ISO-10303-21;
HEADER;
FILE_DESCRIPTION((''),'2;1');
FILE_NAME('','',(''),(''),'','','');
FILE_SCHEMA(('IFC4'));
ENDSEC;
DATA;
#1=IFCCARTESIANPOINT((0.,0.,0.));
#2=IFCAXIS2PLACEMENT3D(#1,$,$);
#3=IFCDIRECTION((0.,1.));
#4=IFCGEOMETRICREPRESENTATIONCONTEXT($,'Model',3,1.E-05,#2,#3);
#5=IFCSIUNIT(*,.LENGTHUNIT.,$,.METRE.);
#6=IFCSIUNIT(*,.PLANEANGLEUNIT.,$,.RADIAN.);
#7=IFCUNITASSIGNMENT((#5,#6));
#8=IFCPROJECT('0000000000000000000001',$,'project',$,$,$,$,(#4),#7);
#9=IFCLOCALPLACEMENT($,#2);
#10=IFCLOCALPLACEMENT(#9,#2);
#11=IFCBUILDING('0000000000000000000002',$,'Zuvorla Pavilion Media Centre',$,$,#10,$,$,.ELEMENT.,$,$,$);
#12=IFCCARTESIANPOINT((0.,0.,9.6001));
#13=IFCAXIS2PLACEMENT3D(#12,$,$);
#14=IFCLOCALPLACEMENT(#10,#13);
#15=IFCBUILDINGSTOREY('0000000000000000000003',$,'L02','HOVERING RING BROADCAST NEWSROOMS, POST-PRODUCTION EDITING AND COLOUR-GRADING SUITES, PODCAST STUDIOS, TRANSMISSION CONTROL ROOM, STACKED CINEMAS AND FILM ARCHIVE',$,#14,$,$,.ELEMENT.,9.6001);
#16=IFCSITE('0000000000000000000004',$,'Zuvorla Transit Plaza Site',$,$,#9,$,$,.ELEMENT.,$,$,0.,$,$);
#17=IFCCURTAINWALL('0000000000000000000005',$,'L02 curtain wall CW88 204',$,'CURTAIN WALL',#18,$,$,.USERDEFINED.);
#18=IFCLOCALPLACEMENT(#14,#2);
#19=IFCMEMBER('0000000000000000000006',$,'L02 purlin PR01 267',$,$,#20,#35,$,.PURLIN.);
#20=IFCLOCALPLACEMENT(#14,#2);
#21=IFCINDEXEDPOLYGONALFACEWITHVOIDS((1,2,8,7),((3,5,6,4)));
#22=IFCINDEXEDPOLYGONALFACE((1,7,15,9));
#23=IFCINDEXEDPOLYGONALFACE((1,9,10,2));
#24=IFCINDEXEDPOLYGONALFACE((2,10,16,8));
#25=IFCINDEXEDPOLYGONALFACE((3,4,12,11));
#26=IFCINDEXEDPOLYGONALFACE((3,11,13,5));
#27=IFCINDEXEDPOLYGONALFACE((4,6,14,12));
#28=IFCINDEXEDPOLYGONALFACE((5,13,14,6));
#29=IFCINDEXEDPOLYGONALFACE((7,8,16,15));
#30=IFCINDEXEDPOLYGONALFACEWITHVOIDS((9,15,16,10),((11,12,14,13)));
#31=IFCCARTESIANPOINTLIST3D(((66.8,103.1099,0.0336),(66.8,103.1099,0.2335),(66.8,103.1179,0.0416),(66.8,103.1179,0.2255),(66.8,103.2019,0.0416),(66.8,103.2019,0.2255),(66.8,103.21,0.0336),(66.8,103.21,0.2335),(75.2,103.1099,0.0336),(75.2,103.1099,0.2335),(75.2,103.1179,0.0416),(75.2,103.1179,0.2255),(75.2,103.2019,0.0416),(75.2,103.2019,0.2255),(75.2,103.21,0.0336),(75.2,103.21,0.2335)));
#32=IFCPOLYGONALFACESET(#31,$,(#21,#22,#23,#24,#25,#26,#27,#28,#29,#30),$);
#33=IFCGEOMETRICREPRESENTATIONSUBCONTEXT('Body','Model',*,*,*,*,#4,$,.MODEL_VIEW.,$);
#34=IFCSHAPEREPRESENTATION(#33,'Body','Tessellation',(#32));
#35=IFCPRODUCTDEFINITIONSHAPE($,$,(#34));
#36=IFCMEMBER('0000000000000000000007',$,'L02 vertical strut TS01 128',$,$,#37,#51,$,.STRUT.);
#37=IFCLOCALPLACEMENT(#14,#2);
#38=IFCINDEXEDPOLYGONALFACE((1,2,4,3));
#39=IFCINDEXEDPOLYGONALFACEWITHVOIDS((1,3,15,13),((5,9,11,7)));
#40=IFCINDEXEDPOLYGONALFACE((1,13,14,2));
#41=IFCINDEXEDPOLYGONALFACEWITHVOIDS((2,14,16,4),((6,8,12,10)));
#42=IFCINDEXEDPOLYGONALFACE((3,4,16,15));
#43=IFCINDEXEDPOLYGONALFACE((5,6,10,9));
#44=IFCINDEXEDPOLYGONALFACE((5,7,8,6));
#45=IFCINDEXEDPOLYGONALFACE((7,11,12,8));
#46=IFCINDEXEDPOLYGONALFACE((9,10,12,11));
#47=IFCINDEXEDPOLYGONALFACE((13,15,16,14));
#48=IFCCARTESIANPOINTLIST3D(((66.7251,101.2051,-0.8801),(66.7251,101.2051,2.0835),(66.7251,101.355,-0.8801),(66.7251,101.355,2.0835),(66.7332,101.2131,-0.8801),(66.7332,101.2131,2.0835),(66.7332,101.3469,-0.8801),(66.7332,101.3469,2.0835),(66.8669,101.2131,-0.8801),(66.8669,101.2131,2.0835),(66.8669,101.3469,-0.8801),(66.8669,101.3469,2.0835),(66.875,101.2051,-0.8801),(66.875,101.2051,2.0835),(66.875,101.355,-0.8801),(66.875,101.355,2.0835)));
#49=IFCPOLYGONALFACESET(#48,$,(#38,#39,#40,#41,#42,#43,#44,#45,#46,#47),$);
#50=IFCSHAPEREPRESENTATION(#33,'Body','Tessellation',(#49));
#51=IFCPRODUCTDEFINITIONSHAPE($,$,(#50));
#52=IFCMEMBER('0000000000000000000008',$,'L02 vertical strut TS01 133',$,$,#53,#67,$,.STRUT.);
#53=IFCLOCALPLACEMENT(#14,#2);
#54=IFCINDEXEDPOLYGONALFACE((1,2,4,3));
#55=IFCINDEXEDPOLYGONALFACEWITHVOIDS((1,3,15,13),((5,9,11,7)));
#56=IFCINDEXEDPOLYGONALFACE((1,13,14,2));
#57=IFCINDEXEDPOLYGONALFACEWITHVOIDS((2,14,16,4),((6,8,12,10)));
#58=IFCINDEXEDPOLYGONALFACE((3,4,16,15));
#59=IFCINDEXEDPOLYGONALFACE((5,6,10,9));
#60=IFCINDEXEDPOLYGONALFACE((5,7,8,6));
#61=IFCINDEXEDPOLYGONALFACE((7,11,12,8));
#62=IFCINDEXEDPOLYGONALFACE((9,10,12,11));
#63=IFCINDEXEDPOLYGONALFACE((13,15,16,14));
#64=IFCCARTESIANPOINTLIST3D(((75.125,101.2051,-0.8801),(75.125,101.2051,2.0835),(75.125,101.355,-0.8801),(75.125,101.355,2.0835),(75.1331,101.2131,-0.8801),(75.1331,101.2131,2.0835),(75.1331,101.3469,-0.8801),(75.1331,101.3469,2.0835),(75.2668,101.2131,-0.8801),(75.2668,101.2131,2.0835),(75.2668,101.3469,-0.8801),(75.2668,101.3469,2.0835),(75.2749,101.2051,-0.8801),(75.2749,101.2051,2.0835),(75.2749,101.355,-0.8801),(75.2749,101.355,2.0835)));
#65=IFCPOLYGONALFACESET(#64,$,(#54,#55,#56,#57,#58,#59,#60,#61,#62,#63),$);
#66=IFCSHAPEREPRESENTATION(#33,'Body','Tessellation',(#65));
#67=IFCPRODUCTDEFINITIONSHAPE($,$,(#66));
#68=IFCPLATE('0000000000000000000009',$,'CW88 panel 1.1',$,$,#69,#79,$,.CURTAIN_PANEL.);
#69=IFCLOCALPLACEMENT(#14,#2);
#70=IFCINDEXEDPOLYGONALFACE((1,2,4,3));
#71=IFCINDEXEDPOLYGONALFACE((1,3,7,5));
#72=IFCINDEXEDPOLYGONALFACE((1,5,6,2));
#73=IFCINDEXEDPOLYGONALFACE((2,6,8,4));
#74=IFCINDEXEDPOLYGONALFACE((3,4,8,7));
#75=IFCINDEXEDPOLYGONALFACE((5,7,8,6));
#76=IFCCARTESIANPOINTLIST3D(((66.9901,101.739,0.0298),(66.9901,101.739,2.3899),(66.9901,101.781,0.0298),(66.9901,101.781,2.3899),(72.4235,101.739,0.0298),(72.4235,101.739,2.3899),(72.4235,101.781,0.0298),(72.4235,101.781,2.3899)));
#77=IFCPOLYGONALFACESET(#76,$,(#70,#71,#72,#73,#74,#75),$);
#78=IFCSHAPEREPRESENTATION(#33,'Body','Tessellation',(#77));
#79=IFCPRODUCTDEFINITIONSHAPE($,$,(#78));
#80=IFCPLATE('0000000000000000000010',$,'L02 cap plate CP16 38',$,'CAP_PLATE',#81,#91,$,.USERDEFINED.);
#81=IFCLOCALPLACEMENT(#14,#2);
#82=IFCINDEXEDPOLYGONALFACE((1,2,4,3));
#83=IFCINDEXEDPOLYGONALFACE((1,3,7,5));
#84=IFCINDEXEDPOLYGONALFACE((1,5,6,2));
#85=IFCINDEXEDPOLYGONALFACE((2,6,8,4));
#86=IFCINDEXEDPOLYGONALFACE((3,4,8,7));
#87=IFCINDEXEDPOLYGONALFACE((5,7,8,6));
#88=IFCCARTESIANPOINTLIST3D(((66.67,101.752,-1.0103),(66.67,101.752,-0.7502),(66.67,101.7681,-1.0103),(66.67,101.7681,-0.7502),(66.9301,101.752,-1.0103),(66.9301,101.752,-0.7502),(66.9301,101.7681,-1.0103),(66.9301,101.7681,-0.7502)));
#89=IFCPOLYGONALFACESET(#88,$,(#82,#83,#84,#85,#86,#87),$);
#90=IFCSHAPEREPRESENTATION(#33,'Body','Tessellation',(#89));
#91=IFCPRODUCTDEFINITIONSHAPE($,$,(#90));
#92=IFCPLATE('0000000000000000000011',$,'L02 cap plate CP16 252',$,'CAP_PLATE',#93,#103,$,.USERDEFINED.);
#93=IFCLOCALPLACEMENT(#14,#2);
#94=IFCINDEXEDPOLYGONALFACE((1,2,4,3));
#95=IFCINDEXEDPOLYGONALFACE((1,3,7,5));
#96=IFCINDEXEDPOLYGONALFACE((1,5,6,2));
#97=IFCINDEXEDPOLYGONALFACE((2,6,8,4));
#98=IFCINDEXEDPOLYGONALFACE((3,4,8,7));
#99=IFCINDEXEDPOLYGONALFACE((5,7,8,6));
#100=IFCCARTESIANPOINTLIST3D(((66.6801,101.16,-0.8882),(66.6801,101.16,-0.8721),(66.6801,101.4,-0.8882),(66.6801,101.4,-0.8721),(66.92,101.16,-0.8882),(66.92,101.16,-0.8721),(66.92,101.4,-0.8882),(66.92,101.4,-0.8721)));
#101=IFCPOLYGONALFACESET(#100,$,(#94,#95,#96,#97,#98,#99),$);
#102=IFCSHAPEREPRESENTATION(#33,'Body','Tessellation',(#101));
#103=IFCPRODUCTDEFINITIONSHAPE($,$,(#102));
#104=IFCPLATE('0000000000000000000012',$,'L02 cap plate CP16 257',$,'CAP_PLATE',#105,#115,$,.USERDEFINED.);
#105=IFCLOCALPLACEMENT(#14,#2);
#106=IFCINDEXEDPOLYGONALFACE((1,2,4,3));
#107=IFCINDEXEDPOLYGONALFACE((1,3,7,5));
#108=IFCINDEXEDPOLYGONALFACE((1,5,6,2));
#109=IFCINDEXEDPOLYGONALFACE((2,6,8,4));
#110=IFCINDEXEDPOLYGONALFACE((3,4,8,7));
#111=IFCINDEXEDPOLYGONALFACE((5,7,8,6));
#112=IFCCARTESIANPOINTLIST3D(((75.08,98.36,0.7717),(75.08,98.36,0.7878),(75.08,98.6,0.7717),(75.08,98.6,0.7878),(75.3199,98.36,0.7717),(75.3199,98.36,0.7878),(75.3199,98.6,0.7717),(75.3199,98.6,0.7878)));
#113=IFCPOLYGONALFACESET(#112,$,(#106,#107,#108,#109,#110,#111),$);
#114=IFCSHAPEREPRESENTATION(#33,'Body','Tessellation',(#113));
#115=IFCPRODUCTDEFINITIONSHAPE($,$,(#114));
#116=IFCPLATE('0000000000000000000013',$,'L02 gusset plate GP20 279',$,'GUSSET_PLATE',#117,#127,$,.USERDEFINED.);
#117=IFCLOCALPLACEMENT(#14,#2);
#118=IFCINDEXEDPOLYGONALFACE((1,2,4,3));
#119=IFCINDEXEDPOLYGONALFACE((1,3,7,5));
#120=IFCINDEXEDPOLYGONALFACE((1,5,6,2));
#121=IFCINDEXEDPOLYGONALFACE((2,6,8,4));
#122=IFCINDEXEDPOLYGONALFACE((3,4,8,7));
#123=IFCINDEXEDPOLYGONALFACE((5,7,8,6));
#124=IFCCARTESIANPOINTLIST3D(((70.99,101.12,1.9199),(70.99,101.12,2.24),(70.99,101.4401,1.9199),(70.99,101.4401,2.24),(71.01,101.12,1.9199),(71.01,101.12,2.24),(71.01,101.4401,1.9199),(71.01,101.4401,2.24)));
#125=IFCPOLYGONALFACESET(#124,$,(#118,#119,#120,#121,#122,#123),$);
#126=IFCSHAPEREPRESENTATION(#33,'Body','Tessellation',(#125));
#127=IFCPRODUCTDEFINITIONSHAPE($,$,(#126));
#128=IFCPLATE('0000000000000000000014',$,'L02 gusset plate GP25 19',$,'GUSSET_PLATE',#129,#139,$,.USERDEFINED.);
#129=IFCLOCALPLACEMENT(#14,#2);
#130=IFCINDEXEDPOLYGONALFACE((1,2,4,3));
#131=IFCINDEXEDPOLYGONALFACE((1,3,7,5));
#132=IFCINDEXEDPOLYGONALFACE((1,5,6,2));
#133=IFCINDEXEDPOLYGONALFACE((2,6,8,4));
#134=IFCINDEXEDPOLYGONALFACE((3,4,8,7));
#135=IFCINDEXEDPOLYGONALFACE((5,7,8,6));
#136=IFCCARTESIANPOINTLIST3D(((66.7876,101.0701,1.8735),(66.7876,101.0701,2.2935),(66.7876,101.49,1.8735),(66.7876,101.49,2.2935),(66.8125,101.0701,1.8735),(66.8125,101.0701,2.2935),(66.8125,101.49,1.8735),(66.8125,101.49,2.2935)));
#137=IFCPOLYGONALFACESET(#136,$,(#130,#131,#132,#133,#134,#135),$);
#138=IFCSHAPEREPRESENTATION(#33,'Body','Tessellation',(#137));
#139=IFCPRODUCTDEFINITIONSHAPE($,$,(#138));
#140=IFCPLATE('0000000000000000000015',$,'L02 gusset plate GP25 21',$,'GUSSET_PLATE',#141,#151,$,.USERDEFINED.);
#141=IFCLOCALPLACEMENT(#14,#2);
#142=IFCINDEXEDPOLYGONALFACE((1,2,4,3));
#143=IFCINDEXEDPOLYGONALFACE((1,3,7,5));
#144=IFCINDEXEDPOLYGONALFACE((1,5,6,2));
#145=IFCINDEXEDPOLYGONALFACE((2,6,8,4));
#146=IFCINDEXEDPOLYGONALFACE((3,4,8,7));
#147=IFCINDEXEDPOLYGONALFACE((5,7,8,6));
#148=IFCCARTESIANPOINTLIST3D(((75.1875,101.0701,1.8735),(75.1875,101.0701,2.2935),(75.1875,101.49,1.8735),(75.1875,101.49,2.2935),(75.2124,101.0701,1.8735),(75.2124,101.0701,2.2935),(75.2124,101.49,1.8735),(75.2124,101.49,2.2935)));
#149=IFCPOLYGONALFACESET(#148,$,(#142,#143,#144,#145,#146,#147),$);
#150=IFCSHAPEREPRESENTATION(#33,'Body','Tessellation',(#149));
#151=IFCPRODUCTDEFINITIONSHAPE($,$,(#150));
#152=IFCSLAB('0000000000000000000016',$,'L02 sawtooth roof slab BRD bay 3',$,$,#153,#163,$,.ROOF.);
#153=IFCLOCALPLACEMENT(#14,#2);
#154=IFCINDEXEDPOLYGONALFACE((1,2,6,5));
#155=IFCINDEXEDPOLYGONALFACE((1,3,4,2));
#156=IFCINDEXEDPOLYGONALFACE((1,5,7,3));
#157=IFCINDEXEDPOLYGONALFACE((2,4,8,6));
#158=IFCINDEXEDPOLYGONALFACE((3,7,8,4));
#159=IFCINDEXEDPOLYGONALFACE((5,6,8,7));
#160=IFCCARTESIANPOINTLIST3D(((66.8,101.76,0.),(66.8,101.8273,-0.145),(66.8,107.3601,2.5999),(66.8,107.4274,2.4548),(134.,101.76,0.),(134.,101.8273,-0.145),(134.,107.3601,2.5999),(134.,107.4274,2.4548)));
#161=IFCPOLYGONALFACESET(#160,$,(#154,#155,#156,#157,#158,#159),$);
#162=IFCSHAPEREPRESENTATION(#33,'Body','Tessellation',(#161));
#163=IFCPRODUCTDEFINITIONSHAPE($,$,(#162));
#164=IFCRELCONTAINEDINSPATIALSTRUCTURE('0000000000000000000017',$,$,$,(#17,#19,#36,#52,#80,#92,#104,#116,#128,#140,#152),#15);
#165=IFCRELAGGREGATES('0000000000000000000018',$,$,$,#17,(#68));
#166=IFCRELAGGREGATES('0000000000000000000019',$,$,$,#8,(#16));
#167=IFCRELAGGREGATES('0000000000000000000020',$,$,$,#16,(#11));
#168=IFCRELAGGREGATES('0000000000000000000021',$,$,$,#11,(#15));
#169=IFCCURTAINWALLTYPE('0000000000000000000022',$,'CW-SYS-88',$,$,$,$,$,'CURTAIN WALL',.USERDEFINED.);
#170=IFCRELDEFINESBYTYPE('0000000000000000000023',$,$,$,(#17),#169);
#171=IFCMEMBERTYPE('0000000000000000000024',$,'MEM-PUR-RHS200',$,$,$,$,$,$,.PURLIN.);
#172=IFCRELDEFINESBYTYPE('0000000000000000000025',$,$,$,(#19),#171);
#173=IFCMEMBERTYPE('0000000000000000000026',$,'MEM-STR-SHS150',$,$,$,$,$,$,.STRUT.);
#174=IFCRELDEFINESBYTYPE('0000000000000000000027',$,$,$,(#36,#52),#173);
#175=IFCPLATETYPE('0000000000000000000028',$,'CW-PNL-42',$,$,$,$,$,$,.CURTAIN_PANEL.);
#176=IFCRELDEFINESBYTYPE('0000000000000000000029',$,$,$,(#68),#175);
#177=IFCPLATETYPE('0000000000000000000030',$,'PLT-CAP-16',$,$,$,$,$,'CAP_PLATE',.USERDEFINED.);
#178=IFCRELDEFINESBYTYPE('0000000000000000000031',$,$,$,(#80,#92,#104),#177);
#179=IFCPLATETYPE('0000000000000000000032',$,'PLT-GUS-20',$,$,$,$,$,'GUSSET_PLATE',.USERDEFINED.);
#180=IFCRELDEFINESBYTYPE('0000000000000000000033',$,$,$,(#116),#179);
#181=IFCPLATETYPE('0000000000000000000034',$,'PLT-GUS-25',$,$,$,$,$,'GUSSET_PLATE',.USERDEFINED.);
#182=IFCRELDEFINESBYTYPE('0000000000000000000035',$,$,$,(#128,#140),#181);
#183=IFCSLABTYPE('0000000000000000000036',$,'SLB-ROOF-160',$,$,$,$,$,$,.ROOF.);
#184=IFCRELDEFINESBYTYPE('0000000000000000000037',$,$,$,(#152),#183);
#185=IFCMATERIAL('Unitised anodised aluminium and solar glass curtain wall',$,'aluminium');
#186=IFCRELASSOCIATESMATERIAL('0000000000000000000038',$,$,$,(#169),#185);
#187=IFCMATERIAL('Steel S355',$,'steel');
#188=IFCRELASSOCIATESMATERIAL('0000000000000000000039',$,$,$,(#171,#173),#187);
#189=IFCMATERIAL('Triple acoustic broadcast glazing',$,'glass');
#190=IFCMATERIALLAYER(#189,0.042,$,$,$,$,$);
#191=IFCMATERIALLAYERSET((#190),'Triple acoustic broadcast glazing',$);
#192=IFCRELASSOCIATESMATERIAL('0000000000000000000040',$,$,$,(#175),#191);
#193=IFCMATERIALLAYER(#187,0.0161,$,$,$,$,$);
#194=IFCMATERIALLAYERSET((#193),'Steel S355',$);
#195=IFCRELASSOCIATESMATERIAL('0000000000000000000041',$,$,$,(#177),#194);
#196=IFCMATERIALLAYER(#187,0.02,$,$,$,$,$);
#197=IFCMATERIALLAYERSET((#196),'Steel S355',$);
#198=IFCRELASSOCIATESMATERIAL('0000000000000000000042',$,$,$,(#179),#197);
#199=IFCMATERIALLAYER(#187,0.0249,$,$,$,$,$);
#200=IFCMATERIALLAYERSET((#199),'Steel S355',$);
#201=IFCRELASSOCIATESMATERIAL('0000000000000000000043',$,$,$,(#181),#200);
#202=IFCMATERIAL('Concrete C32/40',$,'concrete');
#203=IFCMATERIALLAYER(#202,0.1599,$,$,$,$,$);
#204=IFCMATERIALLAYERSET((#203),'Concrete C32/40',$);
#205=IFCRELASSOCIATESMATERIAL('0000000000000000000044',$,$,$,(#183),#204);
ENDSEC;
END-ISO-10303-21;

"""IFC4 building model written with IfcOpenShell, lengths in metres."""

from ifc_helpers import new_model, si_unit, direction, frame, origin, origin_2d, place, context, subcontext, project, spatial, polyline, rectangle, hollow_rectangle, outline, extrude, material, layer, layer_set, material_profile, profile_set, type_object, element, aggregate, save


model = new_model("IFC4")

# Units and contexts
model_context = context("Model", 3, precision=1e-05, world=origin(), true_north=direction((0.0, 1.0)))
body_context = subcontext(model_context, "Body", "Model", "MODEL_VIEW")
ifc_project = project(units=[si_unit("LENGTHUNIT", "METRE"), si_unit("PLANEANGLEUNIT", "RADIAN")], contexts=[model_context])

# Site, building, storey
site_placement = place(None, origin())
site = spatial("IfcSite", under=ifc_project, at=site_placement, Name="Zuvorla Transit Plaza Site", CompositionType="ELEMENT", RefElevation=0.0)
building_placement = place(site_placement, origin())
building = spatial("IfcBuilding", under=site, at=building_placement, Name="Zuvorla Pavilion Media Centre", CompositionType="ELEMENT")
storey_placement = place(building_placement, frame((0.0, 0.0, 9.6001)))
storey = spatial("IfcBuildingStorey", under=building, at=storey_placement, Name="L02", Description="HOVERING RING BROADCAST NEWSROOMS, POST-PRODUCTION EDITING AND COLOUR-GRADING SUITES, PODCAST STUDIOS, TRANSMISSION CONTROL ROOM, STACKED CINEMAS AND FILM ARCHIVE", CompositionType="ELEMENT", Elevation=9.6001)

# Shared definitions
ifc_material_1 = material(Name="Steel S355", Category="steel")

# Curtain wall
ifc_material_2 = material(Name="Unitised anodised aluminium and solar glass curtain wall", Category="aluminium")
curtain_wall_type = type_object("IfcCurtainWallType", Name="CW-SYS-88", ElementType="CURTAIN WALL", PredefinedType="USERDEFINED", material=ifc_material_2)
curtain_wall_placement = place(storey_placement, origin())
curtain_wall = element("IfcCurtainWall", 1, at=curtain_wall_placement, inside=storey, type_object=curtain_wall_type, Name="L02 curtain wall CW88 204", ObjectType="CURTAIN WALL", PredefinedType="USERDEFINED")

# Members
ifc_material_profile_1 = material_profile(ifc_material_1, hollow_rectangle(XDim=0.1001, YDim=0.2, WallThickness=0.0081, at=origin_2d()), Name="RHS 200x100x8")
ifc_profile_set_1 = profile_set([ifc_material_profile_1], Name="Steel S355")
member_type_1 = type_object("IfcMemberType", Name="MEM-PUR-RHS200", PredefinedType="PURLIN", material=ifc_profile_set_1)
member_1_placement = place(storey_placement, frame((66.8, 103.1599, 0.1335), z_axis=(1.0, 0.0, 0.0), x_axis=(0.0, 1.0, 0.0)))
element("IfcMember", 2, at=member_1_placement, inside=storey, type_object=member_type_1, Name="L02 purlin PR01 267", PredefinedType="PURLIN", context=body_context, shape_type="SweptSolid", body=[
    extrude(hollow_rectangle(XDim=0.1001, YDim=0.2, WallThickness=0.0081, at=origin_2d()), origin(), (0.0, 0.0, 1.0), 8.3999),
])
ifc_material_profile_2 = material_profile(ifc_material_1, hollow_rectangle(XDim=0.1499, YDim=0.1499, WallThickness=0.0081, at=origin_2d()), Name="SHS 150x150x8")
ifc_profile_set_2 = profile_set([ifc_material_profile_2], Name="Steel S355")
member_type_2 = type_object("IfcMemberType", Name="MEM-STR-SHS150", PredefinedType="STRUT", material=ifc_profile_set_2)
for number, where, z_axis, x_axis, name in (
    (3, (66.8, 101.28, -0.8801), (0.0, 0.0, 1.0), (1.0, 0.0, 0.0), "L02 vertical strut TS01 128"),
    (4, (75.2, 101.28, -0.8801), (0.0, 0.0, 1.0), (1.0, 0.0, 0.0), "L02 vertical strut TS01 133"),
):
    element("IfcMember", number, at=place(storey_placement, frame(where, z_axis=z_axis, x_axis=x_axis)), inside=storey, type_object=member_type_2, Name=name, PredefinedType="STRUT", context=body_context, shape_type="SweptSolid", body=[
        extrude(hollow_rectangle(XDim=0.1499, YDim=0.1499, WallThickness=0.0081, at=origin_2d()), origin(), (0.0, 0.0, 1.0), 2.9636),
    ])

# Plate
ifc_material_3 = material(Name="Triple acoustic broadcast glazing", Category="glass")
ifc_layer_1 = layer(ifc_material_3, 0.042)
ifc_layer_set_1 = layer_set([ifc_layer_1], Name="Triple acoustic broadcast glazing")
plate_type_1 = type_object("IfcPlateType", Name="CW-PNL-42", PredefinedType="CURTAIN_PANEL", material=ifc_layer_set_1)
plate_1_placement = place(storey_placement, frame((69.7068, 101.76, 0.0298), z_axis=(0.0, 0.0, 1.0), x_axis=(1.0, 0.0, 0.0)))
plate_1 = element("IfcPlate", 5, at=plate_1_placement, type_object=plate_type_1, Name="CW88 panel 1.1", PredefinedType="CURTAIN_PANEL", context=body_context, shape_type="SweptSolid", body=[
    extrude(rectangle(XDim=5.4333, YDim=0.042, at=origin_2d()), origin(), (0.0, 0.0, 1.0), 2.3601),
])
aggregate(curtain_wall, [plate_1])

# Plates
ifc_layer_2 = layer(ifc_material_1, 0.0161)
ifc_layer_set_2 = layer_set([ifc_layer_2], Name="Steel S355")
plate_type_2 = type_object("IfcPlateType", Name="PLT-CAP-16", ElementType="CAP_PLATE", PredefinedType="USERDEFINED", material=ifc_layer_set_2)
plate_2_placement = place(storey_placement, frame((66.8, 101.76, -1.0103), z_axis=(0.0, 0.0, 1.0), x_axis=(1.0, 0.0, 0.0)))
element("IfcPlate", 6, at=plate_2_placement, inside=storey, type_object=plate_type_2, Name="L02 cap plate CP16 38", ObjectType="CAP_PLATE", PredefinedType="USERDEFINED", context=body_context, shape_type="SweptSolid", body=[
    extrude(rectangle(XDim=0.26, YDim=0.0161, at=origin_2d()), origin(), (0.0, 0.0, 1.0), 0.26),
])
for number, where, z_axis, x_axis, name in (
    (7, (66.8, 101.28, -0.8882), (0.0, 0.0, 1.0), (1.0, 0.0, 0.0), "L02 cap plate CP16 252"),
    (8, (75.2, 98.48, 0.7717), (0.0, 0.0, 1.0), (1.0, 0.0, 0.0), "L02 cap plate CP16 257"),
):
    element("IfcPlate", number, at=place(storey_placement, frame(where, z_axis=z_axis, x_axis=x_axis)), inside=storey, type_object=plate_type_2, Name=name, ObjectType="CAP_PLATE", PredefinedType="USERDEFINED", context=body_context, shape_type="SweptSolid", body=[
        extrude(rectangle(XDim=0.24, YDim=0.24, at=origin_2d()), origin(), (0.0, 0.0, 1.0), 0.0161),
    ])
ifc_layer_3 = layer(ifc_material_1, 0.02)
ifc_layer_set_3 = layer_set([ifc_layer_3], Name="Steel S355")
plate_type_3 = type_object("IfcPlateType", Name="PLT-GUS-20", ElementType="GUSSET_PLATE", PredefinedType="USERDEFINED", material=ifc_layer_set_3)
plate_3_placement = place(storey_placement, frame((71.0, 101.28, 1.9199), z_axis=(0.0, 0.0, 1.0), x_axis=(1.0, 0.0, 0.0)))
element("IfcPlate", 9, at=plate_3_placement, inside=storey, type_object=plate_type_3, Name="L02 gusset plate GP20 279", ObjectType="GUSSET_PLATE", PredefinedType="USERDEFINED", context=body_context, shape_type="SweptSolid", body=[
    extrude(rectangle(XDim=0.02, YDim=0.3201, at=origin_2d()), origin(), (0.0, 0.0, 1.0), 0.3201),
])
ifc_layer_4 = layer(ifc_material_1, 0.0249)
ifc_layer_set_4 = layer_set([ifc_layer_4], Name="Steel S355")
plate_type_4 = type_object("IfcPlateType", Name="PLT-GUS-25", ElementType="GUSSET_PLATE", PredefinedType="USERDEFINED", material=ifc_layer_set_4)
for number, where, z_axis, x_axis, name in (
    (10, (66.8, 101.28, 1.8735), (0.0, 0.0, 1.0), (1.0, 0.0, 0.0), "L02 gusset plate GP25 19"),
    (11, (75.2, 101.28, 1.8735), (0.0, 0.0, 1.0), (1.0, 0.0, 0.0), "L02 gusset plate GP25 21"),
):
    element("IfcPlate", number, at=place(storey_placement, frame(where, z_axis=z_axis, x_axis=x_axis)), inside=storey, type_object=plate_type_4, Name=name, ObjectType="GUSSET_PLATE", PredefinedType="USERDEFINED", context=body_context, shape_type="SweptSolid", body=[
        extrude(rectangle(XDim=0.0249, YDim=0.4199, at=origin_2d()), origin(), (0.0, 0.0, 1.0), 0.4199),
    ])

# Slab
ifc_material_4 = material(Name="Concrete C32/40", Category="concrete")
ifc_layer_5 = layer(ifc_material_4, 0.1599)
ifc_layer_set_5 = layer_set([ifc_layer_5], Name="Concrete C32/40")
slab_type = type_object("IfcSlabType", Name="SLB-ROOF-160", PredefinedType="ROOF", material=ifc_layer_set_5)
slab_placement = place(storey_placement, frame((66.8, 101.76, 0.0), z_axis=(0.0, -0.421086, 0.907021), x_axis=(1.0, 0.0, 0.0)))
element("IfcSlab", 12, at=slab_placement, inside=storey, type_object=slab_type, Name="L02 sawtooth roof slab BRD bay 3", PredefinedType="ROOF", context=body_context, shape_type="SweptSolid", body=[
    extrude(outline(polyline([(0.0, 0.0), (67.2, 0.0), (67.2, 6.1742), (0.0, 6.1742), (0.0, 0.0)])), origin(), (0.0, 0.0, -1.0), 0.1599),
])

save(model, "model.ifc")
